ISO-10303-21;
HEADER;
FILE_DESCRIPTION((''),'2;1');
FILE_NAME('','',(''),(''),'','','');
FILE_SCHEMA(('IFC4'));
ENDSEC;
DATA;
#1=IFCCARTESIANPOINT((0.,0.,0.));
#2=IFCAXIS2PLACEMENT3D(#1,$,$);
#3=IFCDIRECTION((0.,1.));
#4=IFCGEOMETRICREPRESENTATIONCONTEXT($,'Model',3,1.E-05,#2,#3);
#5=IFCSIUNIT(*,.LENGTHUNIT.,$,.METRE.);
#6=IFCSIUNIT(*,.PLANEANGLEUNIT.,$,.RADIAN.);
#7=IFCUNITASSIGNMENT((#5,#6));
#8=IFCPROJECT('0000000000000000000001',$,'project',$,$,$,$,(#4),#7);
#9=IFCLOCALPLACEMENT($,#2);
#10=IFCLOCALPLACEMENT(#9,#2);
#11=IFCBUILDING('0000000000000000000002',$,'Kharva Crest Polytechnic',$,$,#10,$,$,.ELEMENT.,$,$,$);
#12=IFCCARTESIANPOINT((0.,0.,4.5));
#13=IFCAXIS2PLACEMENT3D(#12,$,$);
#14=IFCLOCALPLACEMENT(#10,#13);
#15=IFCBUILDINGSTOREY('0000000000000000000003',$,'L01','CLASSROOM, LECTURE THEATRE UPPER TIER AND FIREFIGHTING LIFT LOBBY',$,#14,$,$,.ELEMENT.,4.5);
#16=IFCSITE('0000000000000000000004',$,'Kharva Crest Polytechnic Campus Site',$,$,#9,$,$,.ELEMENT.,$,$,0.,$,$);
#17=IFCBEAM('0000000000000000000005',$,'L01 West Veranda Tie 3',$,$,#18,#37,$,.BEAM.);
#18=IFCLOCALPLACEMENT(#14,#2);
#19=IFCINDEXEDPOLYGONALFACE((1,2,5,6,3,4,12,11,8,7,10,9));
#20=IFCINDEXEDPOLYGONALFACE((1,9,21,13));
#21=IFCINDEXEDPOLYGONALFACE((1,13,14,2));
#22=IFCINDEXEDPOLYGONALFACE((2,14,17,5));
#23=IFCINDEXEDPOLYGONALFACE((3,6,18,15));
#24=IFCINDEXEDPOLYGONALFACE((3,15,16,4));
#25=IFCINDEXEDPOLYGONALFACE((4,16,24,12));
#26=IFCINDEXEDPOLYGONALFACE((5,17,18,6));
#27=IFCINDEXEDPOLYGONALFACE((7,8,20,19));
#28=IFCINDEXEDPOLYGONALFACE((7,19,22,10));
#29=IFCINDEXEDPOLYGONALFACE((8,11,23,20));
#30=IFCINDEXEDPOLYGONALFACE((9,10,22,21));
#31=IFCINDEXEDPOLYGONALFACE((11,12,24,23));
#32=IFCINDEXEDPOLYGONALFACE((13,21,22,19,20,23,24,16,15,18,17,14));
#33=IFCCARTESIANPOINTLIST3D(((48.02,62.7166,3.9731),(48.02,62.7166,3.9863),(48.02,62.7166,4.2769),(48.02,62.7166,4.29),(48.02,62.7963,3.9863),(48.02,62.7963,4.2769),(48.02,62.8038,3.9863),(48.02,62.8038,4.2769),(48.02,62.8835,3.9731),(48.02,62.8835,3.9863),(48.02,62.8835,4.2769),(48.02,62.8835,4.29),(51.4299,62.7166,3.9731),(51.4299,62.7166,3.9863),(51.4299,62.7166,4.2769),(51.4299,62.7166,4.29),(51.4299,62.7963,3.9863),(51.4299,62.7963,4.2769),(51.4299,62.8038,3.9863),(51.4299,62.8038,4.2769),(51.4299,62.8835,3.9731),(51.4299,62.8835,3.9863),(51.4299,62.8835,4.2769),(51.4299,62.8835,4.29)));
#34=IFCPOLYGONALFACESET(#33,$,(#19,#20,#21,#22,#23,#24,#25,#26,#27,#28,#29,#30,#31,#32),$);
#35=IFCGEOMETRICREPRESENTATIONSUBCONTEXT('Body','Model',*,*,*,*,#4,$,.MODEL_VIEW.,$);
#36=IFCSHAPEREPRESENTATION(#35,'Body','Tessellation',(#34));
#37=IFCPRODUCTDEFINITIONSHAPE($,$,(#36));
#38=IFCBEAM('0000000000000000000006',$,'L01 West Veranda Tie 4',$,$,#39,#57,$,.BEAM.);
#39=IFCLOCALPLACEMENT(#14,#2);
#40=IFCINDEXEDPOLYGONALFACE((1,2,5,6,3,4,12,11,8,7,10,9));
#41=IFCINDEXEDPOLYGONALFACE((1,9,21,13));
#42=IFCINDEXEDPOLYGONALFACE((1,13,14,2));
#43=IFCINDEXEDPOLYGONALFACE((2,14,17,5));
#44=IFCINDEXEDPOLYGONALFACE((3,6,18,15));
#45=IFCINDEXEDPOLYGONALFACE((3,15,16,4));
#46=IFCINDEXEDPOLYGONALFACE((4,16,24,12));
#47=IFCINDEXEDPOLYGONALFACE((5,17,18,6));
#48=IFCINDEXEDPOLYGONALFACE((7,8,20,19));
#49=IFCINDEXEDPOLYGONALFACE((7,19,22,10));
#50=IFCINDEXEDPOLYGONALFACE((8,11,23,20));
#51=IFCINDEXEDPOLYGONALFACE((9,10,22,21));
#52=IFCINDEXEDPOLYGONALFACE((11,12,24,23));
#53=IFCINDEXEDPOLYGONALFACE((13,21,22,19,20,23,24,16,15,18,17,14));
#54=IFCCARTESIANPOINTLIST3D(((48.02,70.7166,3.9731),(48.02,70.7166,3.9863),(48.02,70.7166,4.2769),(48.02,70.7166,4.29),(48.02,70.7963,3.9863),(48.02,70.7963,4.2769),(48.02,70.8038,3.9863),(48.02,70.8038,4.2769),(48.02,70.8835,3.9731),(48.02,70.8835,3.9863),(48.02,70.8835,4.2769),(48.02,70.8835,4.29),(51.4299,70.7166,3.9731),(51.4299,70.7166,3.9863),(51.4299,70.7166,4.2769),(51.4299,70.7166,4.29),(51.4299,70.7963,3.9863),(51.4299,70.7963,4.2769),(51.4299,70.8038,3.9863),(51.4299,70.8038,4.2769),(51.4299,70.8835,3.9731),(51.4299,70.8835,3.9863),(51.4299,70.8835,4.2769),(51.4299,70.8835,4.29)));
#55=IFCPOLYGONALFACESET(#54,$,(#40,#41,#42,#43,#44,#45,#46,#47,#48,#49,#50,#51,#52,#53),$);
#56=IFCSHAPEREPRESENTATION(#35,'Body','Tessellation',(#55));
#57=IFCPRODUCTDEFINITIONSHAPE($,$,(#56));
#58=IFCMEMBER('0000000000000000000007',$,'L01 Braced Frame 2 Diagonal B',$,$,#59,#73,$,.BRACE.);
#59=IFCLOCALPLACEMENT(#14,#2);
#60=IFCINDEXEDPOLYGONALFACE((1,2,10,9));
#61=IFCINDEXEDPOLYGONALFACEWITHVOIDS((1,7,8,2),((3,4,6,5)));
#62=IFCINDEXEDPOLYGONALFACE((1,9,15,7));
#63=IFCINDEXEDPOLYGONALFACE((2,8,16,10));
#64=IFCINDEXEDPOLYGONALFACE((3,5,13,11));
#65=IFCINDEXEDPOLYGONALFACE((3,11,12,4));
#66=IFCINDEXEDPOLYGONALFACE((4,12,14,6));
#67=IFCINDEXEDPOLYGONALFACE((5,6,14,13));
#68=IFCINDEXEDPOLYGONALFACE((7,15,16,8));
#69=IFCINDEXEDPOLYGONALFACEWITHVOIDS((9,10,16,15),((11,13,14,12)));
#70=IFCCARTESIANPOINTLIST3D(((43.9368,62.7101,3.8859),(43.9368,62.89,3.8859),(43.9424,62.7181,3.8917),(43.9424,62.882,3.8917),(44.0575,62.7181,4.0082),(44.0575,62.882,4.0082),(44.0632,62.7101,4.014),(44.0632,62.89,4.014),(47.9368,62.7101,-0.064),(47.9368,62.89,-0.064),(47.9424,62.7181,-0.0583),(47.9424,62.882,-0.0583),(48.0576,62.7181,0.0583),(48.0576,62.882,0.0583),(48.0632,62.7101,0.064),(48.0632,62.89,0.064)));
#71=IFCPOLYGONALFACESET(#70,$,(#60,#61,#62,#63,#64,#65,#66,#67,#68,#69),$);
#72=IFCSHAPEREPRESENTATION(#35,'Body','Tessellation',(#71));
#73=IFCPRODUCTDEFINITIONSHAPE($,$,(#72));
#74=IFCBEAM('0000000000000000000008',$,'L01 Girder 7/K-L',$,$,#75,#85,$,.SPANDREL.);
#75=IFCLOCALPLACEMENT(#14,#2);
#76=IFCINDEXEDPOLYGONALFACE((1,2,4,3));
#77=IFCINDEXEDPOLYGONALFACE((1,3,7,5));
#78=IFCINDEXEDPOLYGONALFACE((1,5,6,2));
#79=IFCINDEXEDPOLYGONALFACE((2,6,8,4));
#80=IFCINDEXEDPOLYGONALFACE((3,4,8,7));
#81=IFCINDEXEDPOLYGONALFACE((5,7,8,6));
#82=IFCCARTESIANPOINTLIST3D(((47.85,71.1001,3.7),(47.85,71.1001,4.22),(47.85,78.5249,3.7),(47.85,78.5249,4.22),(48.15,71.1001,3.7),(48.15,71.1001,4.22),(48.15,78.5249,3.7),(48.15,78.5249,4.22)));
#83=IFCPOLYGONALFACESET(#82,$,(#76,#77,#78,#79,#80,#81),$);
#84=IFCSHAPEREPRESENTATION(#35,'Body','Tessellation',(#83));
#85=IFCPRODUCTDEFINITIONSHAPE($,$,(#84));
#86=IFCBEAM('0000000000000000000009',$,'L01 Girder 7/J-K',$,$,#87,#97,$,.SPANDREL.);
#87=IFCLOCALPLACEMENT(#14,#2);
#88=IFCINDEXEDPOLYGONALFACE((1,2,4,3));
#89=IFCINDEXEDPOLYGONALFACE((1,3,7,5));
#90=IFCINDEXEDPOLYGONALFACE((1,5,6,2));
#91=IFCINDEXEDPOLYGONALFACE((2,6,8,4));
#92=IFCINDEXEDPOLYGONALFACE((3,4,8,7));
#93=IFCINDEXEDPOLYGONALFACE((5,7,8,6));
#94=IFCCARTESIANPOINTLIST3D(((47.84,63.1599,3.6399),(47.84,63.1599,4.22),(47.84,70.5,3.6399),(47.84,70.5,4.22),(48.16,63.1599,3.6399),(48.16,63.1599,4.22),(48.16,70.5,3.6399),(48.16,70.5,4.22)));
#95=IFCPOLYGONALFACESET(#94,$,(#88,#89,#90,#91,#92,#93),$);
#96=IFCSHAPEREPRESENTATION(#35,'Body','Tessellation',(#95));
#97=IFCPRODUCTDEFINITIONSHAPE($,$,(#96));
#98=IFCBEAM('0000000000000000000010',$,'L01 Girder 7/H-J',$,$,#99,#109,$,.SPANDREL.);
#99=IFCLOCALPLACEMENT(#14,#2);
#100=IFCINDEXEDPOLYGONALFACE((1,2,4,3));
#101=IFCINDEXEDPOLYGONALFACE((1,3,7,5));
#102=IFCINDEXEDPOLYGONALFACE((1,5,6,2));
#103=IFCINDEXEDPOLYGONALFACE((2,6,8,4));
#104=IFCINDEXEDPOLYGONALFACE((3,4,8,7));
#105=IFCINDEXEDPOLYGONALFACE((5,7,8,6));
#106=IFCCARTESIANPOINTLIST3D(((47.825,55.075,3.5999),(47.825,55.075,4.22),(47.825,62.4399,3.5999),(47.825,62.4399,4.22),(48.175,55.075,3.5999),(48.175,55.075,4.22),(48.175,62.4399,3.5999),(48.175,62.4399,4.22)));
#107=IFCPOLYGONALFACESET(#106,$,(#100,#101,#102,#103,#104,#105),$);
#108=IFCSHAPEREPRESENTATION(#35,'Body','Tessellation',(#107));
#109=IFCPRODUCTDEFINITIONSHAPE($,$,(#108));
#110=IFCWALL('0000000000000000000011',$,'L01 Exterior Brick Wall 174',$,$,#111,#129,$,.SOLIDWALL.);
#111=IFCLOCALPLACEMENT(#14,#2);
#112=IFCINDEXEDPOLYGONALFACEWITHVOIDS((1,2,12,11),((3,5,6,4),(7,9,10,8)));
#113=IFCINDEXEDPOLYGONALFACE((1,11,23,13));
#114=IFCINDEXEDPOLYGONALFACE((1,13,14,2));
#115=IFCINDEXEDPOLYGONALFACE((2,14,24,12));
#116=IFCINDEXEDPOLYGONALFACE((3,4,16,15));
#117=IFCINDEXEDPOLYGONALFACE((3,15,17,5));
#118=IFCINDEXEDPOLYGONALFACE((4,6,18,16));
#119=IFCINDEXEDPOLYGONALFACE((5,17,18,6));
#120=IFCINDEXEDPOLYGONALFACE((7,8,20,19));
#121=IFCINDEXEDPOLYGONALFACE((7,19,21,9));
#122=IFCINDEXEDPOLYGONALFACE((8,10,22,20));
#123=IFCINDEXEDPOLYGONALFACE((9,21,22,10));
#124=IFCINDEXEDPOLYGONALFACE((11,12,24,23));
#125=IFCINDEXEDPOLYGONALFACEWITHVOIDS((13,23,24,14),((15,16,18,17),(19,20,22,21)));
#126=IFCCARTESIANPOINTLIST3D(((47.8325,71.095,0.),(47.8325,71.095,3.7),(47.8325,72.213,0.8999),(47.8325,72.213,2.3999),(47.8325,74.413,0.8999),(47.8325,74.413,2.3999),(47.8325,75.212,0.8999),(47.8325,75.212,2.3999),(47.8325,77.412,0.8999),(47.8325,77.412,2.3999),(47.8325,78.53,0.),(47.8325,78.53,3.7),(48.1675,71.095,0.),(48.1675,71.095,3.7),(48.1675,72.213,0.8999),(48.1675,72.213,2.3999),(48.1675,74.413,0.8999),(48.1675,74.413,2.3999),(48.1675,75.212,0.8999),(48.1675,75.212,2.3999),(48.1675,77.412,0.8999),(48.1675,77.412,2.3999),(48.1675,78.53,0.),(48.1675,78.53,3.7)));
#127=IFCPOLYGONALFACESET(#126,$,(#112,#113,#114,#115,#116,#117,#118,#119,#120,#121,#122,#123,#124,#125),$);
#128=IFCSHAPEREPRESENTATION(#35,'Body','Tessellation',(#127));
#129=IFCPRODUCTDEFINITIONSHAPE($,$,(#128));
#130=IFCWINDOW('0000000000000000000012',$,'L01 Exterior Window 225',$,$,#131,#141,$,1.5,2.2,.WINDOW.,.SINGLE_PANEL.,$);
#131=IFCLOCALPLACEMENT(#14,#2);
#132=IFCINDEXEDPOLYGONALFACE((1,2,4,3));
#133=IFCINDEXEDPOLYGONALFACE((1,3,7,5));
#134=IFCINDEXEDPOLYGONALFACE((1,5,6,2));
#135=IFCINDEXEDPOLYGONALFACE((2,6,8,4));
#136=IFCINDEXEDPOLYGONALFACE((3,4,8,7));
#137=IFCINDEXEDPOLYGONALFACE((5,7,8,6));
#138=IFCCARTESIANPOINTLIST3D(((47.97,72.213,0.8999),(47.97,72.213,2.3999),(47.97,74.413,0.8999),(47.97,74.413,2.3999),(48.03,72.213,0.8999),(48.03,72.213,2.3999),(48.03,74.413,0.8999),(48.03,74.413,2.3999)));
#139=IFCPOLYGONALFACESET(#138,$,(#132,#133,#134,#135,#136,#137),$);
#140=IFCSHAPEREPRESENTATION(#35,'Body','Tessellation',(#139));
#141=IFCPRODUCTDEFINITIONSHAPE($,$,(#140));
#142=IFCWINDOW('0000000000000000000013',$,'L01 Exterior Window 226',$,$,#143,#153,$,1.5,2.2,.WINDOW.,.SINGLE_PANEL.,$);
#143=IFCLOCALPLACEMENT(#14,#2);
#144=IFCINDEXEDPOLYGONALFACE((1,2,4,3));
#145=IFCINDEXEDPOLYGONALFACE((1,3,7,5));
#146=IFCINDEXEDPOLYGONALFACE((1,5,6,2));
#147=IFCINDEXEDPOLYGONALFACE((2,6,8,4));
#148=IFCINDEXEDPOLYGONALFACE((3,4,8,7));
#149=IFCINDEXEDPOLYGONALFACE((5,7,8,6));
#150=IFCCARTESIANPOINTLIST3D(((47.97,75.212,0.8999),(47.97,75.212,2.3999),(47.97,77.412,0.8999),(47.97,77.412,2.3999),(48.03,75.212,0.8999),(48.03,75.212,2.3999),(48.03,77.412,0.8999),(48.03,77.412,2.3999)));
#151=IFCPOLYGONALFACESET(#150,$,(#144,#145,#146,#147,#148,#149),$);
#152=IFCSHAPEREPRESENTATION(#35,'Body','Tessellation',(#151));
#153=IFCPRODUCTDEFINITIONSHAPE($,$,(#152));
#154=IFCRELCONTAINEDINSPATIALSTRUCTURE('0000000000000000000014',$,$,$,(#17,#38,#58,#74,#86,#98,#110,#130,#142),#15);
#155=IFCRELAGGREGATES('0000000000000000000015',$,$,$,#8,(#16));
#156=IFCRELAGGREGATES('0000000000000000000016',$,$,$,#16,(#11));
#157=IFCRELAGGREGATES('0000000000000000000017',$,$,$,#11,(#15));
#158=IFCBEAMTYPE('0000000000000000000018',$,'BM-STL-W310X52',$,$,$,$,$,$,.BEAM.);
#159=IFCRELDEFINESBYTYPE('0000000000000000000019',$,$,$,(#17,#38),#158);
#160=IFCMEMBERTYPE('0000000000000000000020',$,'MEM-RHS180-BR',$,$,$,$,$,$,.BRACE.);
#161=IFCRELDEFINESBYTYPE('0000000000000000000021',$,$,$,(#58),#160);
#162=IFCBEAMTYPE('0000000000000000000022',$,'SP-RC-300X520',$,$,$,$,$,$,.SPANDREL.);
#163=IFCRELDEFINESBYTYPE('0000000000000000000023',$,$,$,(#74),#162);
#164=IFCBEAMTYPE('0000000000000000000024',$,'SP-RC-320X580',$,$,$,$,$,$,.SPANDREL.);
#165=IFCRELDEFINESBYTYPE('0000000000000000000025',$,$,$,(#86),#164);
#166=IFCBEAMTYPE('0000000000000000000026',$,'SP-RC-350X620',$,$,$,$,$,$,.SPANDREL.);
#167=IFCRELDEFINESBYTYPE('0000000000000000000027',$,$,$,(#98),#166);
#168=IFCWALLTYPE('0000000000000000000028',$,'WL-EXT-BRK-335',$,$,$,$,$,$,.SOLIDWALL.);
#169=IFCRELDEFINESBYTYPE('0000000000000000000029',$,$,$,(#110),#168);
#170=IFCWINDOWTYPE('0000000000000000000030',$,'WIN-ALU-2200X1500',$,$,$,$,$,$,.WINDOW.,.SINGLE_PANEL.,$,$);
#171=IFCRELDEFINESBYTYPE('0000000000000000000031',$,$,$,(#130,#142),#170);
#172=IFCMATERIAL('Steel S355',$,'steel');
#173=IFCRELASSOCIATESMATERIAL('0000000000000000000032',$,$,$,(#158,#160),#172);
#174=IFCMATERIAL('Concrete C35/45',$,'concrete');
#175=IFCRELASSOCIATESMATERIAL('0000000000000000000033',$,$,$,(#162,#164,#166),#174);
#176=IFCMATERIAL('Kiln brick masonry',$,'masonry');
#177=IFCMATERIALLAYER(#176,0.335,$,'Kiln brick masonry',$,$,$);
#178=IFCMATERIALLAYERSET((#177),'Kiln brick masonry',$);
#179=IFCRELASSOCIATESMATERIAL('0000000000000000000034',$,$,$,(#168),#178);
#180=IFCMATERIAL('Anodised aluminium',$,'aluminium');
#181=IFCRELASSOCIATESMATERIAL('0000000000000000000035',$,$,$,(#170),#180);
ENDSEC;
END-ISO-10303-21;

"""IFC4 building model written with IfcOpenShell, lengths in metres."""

from ifc_helpers import new_model, si_unit, direction, frame, frame_2d, origin, origin_2d, place, context, subcontext, project, spatial, rectangle, hollow_rectangle, i_section, extrude, material, layer, layer_set, material_profile, profile_set, type_object, element, fill, save


model = new_model("IFC4")

# Units and contexts
model_context = context("Model", 3, precision=1e-05, world=origin(), true_north=direction((0.0, 1.0)))
body_context = subcontext(model_context, "Body", "Model", "MODEL_VIEW")
ifc_project = project(units=[si_unit("LENGTHUNIT", "METRE"), si_unit("PLANEANGLEUNIT", "RADIAN")], contexts=[model_context])

# Site, building, storey
site_placement = place(None, origin())
site = spatial("IfcSite", under=ifc_project, at=site_placement, Name="Kharva Crest Polytechnic Campus Site", CompositionType="ELEMENT", RefElevation=0.0)
building_placement = place(site_placement, origin())
building = spatial("IfcBuilding", under=site, at=building_placement, Name="Kharva Crest Polytechnic", CompositionType="ELEMENT")
storey_placement = place(building_placement, frame((0.0, 0.0, 4.5)))
storey = spatial("IfcBuildingStorey", under=building, at=storey_placement, Name="L01", Description="CLASSROOM, LECTURE THEATRE UPPER TIER AND FIREFIGHTING LIFT LOBBY", CompositionType="ELEMENT", Elevation=4.5)

# Shared definitions
ifc_material_1 = material(Name="Steel S355", Category="steel")

# Beams
ifc_material_profile_1 = material_profile(ifc_material_1, i_section(OverallWidth=0.167, OverallDepth=0.3169, WebThickness=0.0076, FlangeThickness=0.0132, at=origin_2d()), Name="W310X52")
ifc_profile_set_1 = profile_set([ifc_material_profile_1], Name="Steel S355")
beam_type_1 = type_object("IfcBeamType", Name="BM-STL-W310X52", PredefinedType="BEAM", material=ifc_profile_set_1)
for number, where, z_axis, x_axis, name in (
    (1, (48.02, 62.8, 4.1316), (1.0, 0.0, 0.0), (0.0, 1.0, 0.0), "L01 West Veranda Tie 3"),
    (2, (48.02, 70.8, 4.1316), (1.0, 0.0, 0.0), (0.0, 1.0, 0.0), "L01 West Veranda Tie 4"),
):
    element("IfcBeam", number, at=place(storey_placement, frame(where, z_axis=z_axis, x_axis=x_axis)), inside=storey, type_object=beam_type_1, Name=name, PredefinedType="BEAM", context=body_context, shape_type="SweptSolid", body=[
        extrude(i_section(OverallWidth=0.167, OverallDepth=0.3169, WebThickness=0.0076, FlangeThickness=0.0132, at=origin_2d()), origin(), (0.0, 0.0, 1.0), 3.4099),
    ])

# Member
ifc_material_profile_2 = material_profile(ifc_material_1, hollow_rectangle(XDim=0.1799, YDim=0.1799, WallThickness=0.0081, at=origin_2d()), Name="RHS 180X180X8.0")
ifc_profile_set_2 = profile_set([ifc_material_profile_2], Name="Steel S355")
member_type = type_object("IfcMemberType", Name="MEM-RHS180-BR", PredefinedType="BRACE", material=ifc_profile_set_2)
member_placement = place(storey_placement, frame((48.0, 62.8, 0.0), z_axis=(-0.711544, 0.0, 0.702641), x_axis=(0.0, -1.0, 0.0)))
element("IfcMember", 3, at=member_placement, inside=storey, type_object=member_type, Name="L01 Braced Frame 2 Diagonal B", PredefinedType="BRACE", context=body_context, shape_type="SweptSolid", body=[
    extrude(hollow_rectangle(XDim=0.1799, YDim=0.1799, WallThickness=0.0081, at=origin_2d()), origin(), (0.0, 0.0, 1.0), 5.6216),
])

# Beams
ifc_material_2 = material(Name="Concrete C35/45", Category="concrete")
ifc_material_profile_3 = material_profile(ifc_material_2, rectangle(XDim=0.3, YDim=0.52, at=origin_2d()), Name="RECT 300 X 520")
ifc_profile_set_3 = profile_set([ifc_material_profile_3], Name="Concrete C35/45")
beam_type_2 = type_object("IfcBeamType", Name="SP-RC-300X520", PredefinedType="SPANDREL", material=ifc_profile_set_3)
beam_1_placement = place(storey_placement, frame((48.0, 71.1001, 3.96), z_axis=(0.0, 1.0, 0.0), x_axis=(-1.0, 0.0, 0.0)))
element("IfcBeam", 4, at=beam_1_placement, inside=storey, type_object=beam_type_2, Name="L01 Girder 7/K-L", PredefinedType="SPANDREL", context=body_context, shape_type="SweptSolid", body=[
    extrude(rectangle(XDim=0.3, YDim=0.52, at=origin_2d()), origin(), (0.0, 0.0, 1.0), 7.4248),
])
ifc_material_profile_4 = material_profile(ifc_material_2, rectangle(XDim=0.3201, YDim=0.5801, at=origin_2d()), Name="RECT 320 X 580")
ifc_profile_set_4 = profile_set([ifc_material_profile_4], Name="Concrete C35/45")
beam_type_3 = type_object("IfcBeamType", Name="SP-RC-320X580", PredefinedType="SPANDREL", material=ifc_profile_set_4)
beam_2_placement = place(storey_placement, frame((48.0, 63.1599, 3.9299), z_axis=(0.0, 1.0, 0.0), x_axis=(-1.0, 0.0, 0.0)))
element("IfcBeam", 5, at=beam_2_placement, inside=storey, type_object=beam_type_3, Name="L01 Girder 7/J-K", PredefinedType="SPANDREL", context=body_context, shape_type="SweptSolid", body=[
    extrude(rectangle(XDim=0.3201, YDim=0.5801, at=origin_2d()), origin(), (0.0, 0.0, 1.0), 7.3401),
])
ifc_material_profile_5 = material_profile(ifc_material_2, rectangle(XDim=0.3501, YDim=0.6201, at=origin_2d()), Name="RECT 350 X 620")
ifc_profile_set_5 = profile_set([ifc_material_profile_5], Name="Concrete C35/45")
beam_type_4 = type_object("IfcBeamType", Name="SP-RC-350X620", PredefinedType="SPANDREL", material=ifc_profile_set_5)
beam_3_placement = place(storey_placement, frame((48.0, 55.075, 3.9099), z_axis=(0.0, 1.0, 0.0), x_axis=(-1.0, 0.0, 0.0)))
element("IfcBeam", 6, at=beam_3_placement, inside=storey, type_object=beam_type_4, Name="L01 Girder 7/H-J", PredefinedType="SPANDREL", context=body_context, shape_type="SweptSolid", body=[
    extrude(rectangle(XDim=0.3501, YDim=0.6201, at=origin_2d()), origin(), (0.0, 0.0, 1.0), 7.365),
])

# Wall, openings, windows
ifc_material_3 = material(Name="Kiln brick masonry", Category="masonry")
ifc_layer_1 = layer(ifc_material_3, 0.335, Name="Kiln brick masonry")
ifc_layer_set_1 = layer_set([ifc_layer_1], Name="Kiln brick masonry")
wall_type_1 = type_object("IfcWallType", Name="WL-EXT-BRK-335", PredefinedType="SOLIDWALL", material=ifc_layer_set_1)
wall_1_placement = place(storey_placement, frame((48.0, 71.095, 0.0), z_axis=(0.0, 0.0, 1.0), x_axis=(0.0, 1.0, 0.0)))
wall_1 = element("IfcWall", 7, at=wall_1_placement, inside=storey, type_object=wall_type_1, Name="L01 Exterior Brick Wall 174", PredefinedType="SOLIDWALL", context=body_context, shape_type="SweptSolid", body=[
    extrude(rectangle(XDim=7.4351, YDim=0.335, at=frame_2d((3.7175, 0.0))), origin(), (0.0, 0.0, 1.0), 3.7),
])
opening_1_placement = place(wall_1_placement, frame((1.1179, 0.0, 0.8999)))
opening_1 = element("IfcOpeningElement", 8, at=opening_1_placement, cuts=wall_1, PredefinedType="OPENING", context=body_context, shape_type="SweptSolid", body=[
    extrude(rectangle(XDim=2.2, YDim=1.5, at=frame_2d((1.1001, 0.75))), frame((0.0, 0.1775, 0.0), z_axis=(0.0, -1.0, 0.0), x_axis=(1.0, 0.0, 0.0)), (0.0, 0.0, 1.0), 0.355),
])
opening_2_placement = place(wall_1_placement, frame((4.1169, 0.0, 0.8999)))
opening_2 = element("IfcOpeningElement", 9, at=opening_2_placement, cuts=wall_1, PredefinedType="OPENING", context=body_context, shape_type="SweptSolid", body=[
    extrude(rectangle(XDim=2.2, YDim=1.5, at=frame_2d((1.1001, 0.75))), frame((0.0, 0.1775, 0.0), z_axis=(0.0, -1.0, 0.0), x_axis=(1.0, 0.0, 0.0)), (0.0, 0.0, 1.0), 0.355),
])
ifc_material_4 = material(Name="Anodised aluminium", Category="aluminium")
window_type_1 = type_object("IfcWindowType", Name="WIN-ALU-2200X1500", PartitioningType="SINGLE_PANEL", PredefinedType="WINDOW", material=ifc_material_4)
window_1_placement = place(opening_1_placement, origin())
window_1 = element("IfcWindow", 10, at=window_1_placement, inside=storey, type_object=window_type_1, Name="L01 Exterior Window 225", OverallHeight=1.5, OverallWidth=2.2, PartitioningType="SINGLE_PANEL", PredefinedType="WINDOW", context=body_context, shape_type="SweptSolid", body=[
    extrude(rectangle(XDim=2.2, YDim=1.5, at=frame_2d((1.1001, 0.75))), frame((0.0, 0.03, 0.0), z_axis=(0.0, -1.0, 0.0), x_axis=(1.0, 0.0, 0.0)), (0.0, 0.0, 1.0), 0.0601),
])
fill(opening_1, window_1)
window_2_placement = place(opening_2_placement, origin())
window_2 = element("IfcWindow", 11, at=window_2_placement, inside=storey, type_object=window_type_1, Name="L01 Exterior Window 226", OverallHeight=1.5, OverallWidth=2.2, PartitioningType="SINGLE_PANEL", PredefinedType="WINDOW", context=body_context, shape_type="SweptSolid", body=[
    extrude(rectangle(XDim=2.2, YDim=1.5, at=frame_2d((1.1001, 0.75))), frame((0.0, 0.03, 0.0), z_axis=(0.0, -1.0, 0.0), x_axis=(1.0, 0.0, 0.0)), (0.0, 0.0, 1.0), 0.0601),
])
fill(opening_2, window_2)

save(model, "model.ifc")
